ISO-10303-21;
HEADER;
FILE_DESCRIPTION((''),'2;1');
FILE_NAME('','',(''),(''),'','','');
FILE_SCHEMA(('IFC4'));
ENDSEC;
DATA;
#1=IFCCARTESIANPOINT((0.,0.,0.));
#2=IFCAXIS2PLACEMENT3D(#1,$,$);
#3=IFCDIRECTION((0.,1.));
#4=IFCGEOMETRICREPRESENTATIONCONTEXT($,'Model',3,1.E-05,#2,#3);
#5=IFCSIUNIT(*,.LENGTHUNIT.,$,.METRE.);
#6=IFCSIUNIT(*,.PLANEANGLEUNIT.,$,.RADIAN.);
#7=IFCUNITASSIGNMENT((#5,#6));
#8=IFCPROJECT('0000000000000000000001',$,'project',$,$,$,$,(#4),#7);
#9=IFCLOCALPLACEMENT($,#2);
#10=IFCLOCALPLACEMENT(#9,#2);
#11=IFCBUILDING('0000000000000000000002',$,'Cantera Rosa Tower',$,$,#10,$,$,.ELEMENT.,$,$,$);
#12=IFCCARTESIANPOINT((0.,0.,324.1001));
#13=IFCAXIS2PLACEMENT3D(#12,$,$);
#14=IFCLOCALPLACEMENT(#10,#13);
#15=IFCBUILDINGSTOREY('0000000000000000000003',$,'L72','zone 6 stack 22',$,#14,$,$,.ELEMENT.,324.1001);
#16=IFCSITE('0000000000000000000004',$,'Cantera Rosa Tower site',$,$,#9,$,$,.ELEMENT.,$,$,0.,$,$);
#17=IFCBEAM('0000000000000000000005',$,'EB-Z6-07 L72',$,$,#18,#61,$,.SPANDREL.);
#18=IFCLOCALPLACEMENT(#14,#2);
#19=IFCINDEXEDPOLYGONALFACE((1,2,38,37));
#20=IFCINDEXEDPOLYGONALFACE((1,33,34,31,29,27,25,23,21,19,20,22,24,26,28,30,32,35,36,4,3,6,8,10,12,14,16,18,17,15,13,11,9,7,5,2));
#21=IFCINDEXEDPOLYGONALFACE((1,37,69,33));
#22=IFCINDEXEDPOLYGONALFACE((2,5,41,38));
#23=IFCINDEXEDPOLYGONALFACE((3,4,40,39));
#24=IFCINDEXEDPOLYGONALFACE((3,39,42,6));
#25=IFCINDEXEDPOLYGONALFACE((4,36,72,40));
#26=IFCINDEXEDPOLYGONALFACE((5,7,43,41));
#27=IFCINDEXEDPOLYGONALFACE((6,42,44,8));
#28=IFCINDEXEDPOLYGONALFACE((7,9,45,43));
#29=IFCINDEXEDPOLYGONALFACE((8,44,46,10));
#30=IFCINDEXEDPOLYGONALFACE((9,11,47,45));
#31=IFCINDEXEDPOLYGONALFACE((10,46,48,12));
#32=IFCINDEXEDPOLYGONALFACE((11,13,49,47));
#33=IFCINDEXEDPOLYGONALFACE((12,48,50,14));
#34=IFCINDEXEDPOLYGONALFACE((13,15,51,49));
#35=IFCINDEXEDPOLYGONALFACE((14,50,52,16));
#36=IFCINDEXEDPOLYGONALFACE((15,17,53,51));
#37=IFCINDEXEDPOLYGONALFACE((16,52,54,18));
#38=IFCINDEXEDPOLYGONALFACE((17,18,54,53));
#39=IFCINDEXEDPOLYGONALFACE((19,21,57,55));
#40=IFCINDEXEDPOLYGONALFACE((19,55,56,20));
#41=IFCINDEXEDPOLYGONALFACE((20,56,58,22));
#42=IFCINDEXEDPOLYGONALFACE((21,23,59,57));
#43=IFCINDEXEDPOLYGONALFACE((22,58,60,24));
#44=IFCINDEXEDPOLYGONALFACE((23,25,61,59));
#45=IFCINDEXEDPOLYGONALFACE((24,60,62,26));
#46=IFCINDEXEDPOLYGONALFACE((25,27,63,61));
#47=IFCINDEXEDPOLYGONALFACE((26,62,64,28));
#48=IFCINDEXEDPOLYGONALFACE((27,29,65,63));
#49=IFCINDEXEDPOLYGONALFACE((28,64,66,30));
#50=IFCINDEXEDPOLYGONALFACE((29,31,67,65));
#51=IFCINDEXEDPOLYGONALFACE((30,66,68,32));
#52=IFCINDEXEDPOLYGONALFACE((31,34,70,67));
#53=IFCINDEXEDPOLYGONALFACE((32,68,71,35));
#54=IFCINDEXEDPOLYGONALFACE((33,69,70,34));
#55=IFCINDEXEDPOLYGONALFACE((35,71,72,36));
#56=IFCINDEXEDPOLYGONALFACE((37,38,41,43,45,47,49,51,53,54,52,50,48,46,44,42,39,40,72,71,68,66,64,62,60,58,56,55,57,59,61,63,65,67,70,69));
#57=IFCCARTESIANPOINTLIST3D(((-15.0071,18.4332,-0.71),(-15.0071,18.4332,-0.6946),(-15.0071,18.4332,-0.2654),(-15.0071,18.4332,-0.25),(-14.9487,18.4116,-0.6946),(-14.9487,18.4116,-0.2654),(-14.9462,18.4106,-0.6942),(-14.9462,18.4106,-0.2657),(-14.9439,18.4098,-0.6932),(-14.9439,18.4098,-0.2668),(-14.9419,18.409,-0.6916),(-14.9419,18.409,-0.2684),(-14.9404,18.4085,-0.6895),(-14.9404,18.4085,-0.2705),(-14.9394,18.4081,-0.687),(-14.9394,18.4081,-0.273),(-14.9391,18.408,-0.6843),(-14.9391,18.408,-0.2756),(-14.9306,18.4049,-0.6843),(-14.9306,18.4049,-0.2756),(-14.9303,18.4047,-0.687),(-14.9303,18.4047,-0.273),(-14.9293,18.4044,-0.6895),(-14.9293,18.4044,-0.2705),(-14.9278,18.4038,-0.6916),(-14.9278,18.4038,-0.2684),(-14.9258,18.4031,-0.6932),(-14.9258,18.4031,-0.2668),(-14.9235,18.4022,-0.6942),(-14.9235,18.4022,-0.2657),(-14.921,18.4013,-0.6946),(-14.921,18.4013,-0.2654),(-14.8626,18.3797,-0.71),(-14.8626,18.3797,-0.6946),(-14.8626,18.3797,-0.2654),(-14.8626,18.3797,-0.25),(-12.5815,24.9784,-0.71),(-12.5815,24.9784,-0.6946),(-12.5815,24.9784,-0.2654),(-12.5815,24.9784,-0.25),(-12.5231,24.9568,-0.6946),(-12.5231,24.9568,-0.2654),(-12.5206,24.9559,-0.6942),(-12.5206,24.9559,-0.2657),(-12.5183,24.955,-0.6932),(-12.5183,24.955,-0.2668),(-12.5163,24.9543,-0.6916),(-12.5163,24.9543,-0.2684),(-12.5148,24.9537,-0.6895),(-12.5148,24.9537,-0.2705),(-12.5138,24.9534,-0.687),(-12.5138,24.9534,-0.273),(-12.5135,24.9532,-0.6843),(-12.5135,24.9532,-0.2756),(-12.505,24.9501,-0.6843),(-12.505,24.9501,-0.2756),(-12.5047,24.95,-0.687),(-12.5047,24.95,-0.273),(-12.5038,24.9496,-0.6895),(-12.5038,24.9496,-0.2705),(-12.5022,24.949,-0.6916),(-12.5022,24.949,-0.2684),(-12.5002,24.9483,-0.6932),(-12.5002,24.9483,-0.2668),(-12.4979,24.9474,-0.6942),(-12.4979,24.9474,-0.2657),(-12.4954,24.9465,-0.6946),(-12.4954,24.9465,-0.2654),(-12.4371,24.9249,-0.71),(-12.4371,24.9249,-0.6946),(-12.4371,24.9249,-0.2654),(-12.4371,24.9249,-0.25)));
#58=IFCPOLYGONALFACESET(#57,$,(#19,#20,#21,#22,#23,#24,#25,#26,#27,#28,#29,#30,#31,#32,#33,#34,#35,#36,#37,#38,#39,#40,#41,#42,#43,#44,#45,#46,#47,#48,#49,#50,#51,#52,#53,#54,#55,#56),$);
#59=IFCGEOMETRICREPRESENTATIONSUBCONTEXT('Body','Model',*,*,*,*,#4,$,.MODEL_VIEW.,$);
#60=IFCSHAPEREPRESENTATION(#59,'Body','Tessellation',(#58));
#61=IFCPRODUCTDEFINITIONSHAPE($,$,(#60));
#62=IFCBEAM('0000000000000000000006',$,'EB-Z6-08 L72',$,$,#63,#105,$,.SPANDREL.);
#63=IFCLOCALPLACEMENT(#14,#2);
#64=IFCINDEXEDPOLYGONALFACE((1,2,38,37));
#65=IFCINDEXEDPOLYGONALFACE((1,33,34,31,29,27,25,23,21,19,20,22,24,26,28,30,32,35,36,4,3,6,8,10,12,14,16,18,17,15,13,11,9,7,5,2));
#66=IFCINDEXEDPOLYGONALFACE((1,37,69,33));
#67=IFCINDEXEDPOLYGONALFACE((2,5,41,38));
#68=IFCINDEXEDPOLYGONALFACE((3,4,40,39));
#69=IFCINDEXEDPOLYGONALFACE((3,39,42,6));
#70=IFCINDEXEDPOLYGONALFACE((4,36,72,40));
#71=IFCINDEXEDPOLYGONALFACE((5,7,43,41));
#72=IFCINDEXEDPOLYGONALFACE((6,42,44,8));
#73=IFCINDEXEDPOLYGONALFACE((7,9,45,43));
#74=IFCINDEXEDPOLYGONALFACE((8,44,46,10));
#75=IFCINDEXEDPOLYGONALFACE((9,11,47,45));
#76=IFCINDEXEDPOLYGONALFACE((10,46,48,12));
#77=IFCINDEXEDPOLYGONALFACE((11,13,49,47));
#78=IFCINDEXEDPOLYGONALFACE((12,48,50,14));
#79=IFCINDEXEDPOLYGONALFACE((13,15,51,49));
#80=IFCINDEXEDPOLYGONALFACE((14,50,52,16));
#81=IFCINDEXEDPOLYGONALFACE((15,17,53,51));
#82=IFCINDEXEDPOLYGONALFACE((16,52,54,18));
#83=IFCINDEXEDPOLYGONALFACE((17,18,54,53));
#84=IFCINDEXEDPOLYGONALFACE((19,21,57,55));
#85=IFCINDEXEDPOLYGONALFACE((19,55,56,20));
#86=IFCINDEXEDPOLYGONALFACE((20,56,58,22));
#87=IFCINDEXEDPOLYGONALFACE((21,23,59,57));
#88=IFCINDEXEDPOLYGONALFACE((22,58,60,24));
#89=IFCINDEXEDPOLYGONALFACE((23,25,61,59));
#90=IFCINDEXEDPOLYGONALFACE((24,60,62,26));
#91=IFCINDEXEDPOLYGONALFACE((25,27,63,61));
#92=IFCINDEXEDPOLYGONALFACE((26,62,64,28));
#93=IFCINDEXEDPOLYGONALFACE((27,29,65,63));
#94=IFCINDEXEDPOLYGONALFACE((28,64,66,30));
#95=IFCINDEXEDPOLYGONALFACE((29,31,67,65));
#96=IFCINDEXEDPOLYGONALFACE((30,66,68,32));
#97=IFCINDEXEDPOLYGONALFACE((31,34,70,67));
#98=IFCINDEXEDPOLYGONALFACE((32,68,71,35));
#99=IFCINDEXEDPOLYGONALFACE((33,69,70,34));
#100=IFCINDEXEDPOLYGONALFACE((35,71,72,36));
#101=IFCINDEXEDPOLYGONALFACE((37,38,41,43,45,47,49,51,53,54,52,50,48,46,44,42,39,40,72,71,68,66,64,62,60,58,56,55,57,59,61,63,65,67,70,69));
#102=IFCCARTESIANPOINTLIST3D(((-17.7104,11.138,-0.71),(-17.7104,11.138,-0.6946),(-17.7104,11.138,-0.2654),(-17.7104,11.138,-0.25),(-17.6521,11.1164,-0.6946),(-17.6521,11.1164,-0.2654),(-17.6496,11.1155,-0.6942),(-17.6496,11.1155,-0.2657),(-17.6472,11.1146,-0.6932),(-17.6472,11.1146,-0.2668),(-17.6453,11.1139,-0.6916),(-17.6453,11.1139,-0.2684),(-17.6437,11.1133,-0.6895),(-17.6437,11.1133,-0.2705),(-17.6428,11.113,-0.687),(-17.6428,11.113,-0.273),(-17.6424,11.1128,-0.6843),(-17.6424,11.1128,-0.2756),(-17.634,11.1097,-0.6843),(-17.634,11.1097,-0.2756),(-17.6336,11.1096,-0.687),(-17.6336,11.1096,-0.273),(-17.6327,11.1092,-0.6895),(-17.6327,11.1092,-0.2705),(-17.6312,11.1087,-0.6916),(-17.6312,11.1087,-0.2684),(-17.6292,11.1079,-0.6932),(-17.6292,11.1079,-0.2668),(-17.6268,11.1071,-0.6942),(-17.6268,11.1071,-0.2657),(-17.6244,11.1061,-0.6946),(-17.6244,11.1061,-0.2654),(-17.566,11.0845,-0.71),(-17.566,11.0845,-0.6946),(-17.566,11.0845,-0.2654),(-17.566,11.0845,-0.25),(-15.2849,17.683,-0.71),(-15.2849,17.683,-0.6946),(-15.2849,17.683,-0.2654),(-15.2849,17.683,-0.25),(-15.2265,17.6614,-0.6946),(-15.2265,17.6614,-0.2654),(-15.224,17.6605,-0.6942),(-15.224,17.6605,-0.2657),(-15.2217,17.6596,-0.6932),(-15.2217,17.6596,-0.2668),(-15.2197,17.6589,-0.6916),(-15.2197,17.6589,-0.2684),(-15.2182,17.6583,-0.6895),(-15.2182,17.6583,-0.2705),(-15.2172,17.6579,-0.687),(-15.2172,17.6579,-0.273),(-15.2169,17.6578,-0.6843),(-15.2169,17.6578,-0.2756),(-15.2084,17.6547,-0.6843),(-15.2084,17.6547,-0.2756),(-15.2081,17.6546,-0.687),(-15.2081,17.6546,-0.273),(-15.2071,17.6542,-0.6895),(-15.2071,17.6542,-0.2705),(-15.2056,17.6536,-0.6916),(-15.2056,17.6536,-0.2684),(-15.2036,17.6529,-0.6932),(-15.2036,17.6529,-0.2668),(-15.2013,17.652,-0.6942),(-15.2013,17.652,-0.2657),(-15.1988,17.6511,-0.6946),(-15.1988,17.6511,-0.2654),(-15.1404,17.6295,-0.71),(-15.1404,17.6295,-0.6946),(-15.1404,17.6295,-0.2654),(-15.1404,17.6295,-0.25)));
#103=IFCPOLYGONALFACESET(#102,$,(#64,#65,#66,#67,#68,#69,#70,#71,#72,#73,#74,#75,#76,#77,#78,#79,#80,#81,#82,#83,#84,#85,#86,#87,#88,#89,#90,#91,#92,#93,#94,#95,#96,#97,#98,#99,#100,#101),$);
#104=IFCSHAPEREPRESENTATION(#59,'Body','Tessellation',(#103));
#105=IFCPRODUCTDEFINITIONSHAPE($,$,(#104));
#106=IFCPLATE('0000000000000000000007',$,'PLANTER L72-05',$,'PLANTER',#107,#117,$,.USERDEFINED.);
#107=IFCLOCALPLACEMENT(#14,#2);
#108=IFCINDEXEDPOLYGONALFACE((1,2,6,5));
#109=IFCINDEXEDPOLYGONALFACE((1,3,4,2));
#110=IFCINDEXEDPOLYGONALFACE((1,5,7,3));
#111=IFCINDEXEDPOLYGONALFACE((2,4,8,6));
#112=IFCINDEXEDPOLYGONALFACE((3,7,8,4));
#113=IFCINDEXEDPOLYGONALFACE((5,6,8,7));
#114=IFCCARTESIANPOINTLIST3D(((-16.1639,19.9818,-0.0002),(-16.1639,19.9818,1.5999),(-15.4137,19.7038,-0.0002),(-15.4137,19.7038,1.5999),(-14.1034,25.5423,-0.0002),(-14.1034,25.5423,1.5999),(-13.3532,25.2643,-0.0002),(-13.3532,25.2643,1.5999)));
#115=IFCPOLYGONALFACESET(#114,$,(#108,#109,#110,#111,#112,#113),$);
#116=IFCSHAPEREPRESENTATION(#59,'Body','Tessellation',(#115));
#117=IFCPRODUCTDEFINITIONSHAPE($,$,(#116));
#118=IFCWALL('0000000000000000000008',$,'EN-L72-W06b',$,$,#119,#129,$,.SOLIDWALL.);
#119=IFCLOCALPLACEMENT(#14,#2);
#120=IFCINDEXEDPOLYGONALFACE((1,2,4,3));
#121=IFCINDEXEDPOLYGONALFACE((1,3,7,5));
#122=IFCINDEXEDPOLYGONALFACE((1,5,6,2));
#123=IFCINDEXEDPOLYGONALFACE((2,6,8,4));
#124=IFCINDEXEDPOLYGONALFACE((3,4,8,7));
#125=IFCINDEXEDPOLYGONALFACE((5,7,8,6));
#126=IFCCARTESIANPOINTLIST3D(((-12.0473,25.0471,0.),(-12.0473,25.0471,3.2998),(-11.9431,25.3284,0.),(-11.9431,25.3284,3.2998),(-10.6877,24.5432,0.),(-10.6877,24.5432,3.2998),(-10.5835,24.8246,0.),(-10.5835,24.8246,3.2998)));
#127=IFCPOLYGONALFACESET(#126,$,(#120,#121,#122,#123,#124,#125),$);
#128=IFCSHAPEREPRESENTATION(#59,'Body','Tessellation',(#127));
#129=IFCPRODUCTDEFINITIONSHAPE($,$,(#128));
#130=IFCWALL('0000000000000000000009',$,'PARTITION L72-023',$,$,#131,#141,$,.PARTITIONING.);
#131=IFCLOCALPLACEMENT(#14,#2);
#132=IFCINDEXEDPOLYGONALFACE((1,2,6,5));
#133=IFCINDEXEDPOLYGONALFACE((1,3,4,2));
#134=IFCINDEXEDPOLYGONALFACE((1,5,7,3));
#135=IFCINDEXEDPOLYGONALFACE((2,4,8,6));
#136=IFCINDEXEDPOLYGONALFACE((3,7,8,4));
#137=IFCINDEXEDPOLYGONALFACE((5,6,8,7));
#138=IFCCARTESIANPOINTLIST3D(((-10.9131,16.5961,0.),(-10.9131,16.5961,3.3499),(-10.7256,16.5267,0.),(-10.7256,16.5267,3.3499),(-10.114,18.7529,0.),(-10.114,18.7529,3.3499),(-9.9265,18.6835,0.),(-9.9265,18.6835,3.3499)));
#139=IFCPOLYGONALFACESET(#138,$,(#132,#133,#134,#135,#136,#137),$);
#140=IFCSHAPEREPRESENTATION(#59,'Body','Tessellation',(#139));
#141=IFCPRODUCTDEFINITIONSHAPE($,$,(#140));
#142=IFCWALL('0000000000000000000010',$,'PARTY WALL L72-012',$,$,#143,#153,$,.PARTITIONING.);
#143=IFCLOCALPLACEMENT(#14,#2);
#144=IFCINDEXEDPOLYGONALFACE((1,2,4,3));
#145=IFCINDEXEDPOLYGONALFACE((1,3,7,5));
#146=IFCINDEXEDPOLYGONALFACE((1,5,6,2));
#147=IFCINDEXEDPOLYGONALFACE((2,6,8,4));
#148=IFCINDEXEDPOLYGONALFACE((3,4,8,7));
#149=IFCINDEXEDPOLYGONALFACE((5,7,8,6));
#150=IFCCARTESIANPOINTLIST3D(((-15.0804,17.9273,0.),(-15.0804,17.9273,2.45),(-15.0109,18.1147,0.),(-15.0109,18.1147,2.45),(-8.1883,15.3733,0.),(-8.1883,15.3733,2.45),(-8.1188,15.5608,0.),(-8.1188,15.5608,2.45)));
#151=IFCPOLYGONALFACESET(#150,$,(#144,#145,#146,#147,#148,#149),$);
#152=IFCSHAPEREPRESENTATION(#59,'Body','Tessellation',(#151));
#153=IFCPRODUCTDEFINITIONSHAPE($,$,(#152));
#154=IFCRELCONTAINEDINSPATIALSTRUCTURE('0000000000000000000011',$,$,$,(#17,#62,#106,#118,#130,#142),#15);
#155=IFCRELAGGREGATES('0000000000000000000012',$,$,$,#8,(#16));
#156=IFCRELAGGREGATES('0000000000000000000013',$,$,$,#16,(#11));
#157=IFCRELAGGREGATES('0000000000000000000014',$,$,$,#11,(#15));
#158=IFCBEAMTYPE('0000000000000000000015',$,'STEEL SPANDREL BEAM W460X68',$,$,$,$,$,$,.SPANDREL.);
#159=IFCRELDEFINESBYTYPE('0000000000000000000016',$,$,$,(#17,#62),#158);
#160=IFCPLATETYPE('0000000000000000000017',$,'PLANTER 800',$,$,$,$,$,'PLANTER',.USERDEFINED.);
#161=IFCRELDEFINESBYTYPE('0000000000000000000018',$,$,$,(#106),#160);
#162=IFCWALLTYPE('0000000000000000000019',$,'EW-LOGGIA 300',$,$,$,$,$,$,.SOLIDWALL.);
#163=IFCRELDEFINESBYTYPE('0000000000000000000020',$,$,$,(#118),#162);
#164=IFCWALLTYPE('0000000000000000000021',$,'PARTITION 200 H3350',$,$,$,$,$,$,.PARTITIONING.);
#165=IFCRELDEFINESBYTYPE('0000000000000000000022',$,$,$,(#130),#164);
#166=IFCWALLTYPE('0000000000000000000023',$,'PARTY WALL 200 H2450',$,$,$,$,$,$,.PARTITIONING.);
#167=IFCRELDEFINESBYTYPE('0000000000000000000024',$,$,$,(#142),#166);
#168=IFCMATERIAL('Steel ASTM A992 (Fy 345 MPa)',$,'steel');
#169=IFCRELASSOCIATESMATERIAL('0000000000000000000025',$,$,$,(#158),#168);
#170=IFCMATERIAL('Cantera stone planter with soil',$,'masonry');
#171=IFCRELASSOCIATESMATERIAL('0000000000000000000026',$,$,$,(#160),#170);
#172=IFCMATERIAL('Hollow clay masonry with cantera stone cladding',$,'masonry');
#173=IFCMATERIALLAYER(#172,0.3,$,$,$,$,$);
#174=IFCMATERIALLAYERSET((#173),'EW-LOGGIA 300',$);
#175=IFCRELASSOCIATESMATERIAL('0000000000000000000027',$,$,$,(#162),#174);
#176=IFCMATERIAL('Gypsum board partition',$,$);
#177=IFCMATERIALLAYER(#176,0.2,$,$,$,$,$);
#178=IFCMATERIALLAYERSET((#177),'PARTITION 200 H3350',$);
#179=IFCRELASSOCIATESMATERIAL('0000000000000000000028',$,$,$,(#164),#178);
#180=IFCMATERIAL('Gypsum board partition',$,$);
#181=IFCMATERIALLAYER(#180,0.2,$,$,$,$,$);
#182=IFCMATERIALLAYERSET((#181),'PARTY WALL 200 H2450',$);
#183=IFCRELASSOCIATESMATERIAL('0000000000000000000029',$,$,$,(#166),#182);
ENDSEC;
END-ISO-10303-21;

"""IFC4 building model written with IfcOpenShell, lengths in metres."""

from ifc_helpers import new_model, si_unit, direction, frame, frame_2d, origin, origin_2d, place, context, subcontext, project, spatial, rectangle, i_section, extrude, material, layer, layer_set, material_profile, profile_set, type_object, element, save


model = new_model("IFC4")

# Units and contexts
model_context = context("Model", 3, precision=1e-05, world=origin(), true_north=direction((0.0, 1.0)))
body_context = subcontext(model_context, "Body", "Model", "MODEL_VIEW")
ifc_project = project(units=[si_unit("LENGTHUNIT", "METRE"), si_unit("PLANEANGLEUNIT", "RADIAN")], contexts=[model_context])

# Site, building, storey
site_placement = place(None, origin())
site = spatial("IfcSite", under=ifc_project, at=site_placement, Name="Cantera Rosa Tower site", CompositionType="ELEMENT", RefElevation=0.0)
building_placement = place(site_placement, origin())
building = spatial("IfcBuilding", under=site, at=building_placement, Name="Cantera Rosa Tower", CompositionType="ELEMENT")
storey_placement = place(building_placement, frame((0.0, 0.0, 324.1001)))
storey = spatial("IfcBuildingStorey", under=building, at=storey_placement, Name="L72", Description="zone 6 stack 22", CompositionType="ELEMENT", Elevation=324.1001)

# Beams
ifc_material_1 = material(Name="Steel ASTM A992 (Fy 345 MPa)", Category="steel")
ifc_material_profile_1 = material_profile(ifc_material_1, i_section(OverallWidth=0.1541, OverallDepth=0.46, WebThickness=0.009, FlangeThickness=0.0154, FilletRadius=0.0103, at=origin_2d()), Name="W460X68")
ifc_profile_set_1 = profile_set([ifc_material_profile_1], Name="Steel ASTM A992 (Fy 345 MPa)")
beam_type_1 = type_object("IfcBeamType", Name="STEEL SPANDREL BEAM W460X68", PredefinedType="SPANDREL", material=ifc_profile_set_1)
beam_1_placement = place(storey_placement, frame((-12.5093, 24.9517, -0.48), z_axis=(-0.347491, -0.937683, 0.0), x_axis=(0.937683, -0.347491, 0.0)))
element("IfcBeam", 1, at=beam_1_placement, inside=storey, type_object=beam_type_1, Name="EB-Z6-07 L72", PredefinedType="SPANDREL", context=body_context, shape_type="SweptSolid", body=[
    extrude(i_section(OverallWidth=0.1541, OverallDepth=0.46, WebThickness=0.009, FlangeThickness=0.0154, FilletRadius=0.0103, at=origin_2d()), origin(), (0.0, 0.0, 1.0), 6.9802),
])
beam_2_placement = place(storey_placement, frame((-15.2126, 17.6562, -0.48), z_axis=(-0.347502, -0.937679, 0.0), x_axis=(0.937679, -0.347502, 0.0)))
element("IfcBeam", 2, at=beam_2_placement, inside=storey, type_object=beam_type_1, Name="EB-Z6-08 L72", PredefinedType="SPANDREL", context=body_context, shape_type="SweptSolid", body=[
    extrude(i_section(OverallWidth=0.1541, OverallDepth=0.46, WebThickness=0.009, FlangeThickness=0.0154, FilletRadius=0.0103, at=origin_2d()), origin(), (0.0, 0.0, 1.0), 6.98),
])

# Plate
ifc_material_2 = material(Name="Cantera stone planter with soil", Category="masonry")
plate_type = type_object("IfcPlateType", Name="PLANTER 800", ElementType="PLANTER", PredefinedType="USERDEFINED", material=ifc_material_2)
plate_placement = place(storey_placement, frame((-14.7585, 22.623, -0.0002), z_axis=(0.0, 0.0, 1.0), x_axis=(-0.347481, -0.937687, 0.0)))
element("IfcPlate", 3, at=plate_placement, inside=storey, type_object=plate_type, Name="PLANTER L72-05", ObjectType="PLANTER", PredefinedType="USERDEFINED", context=body_context, shape_type="SweptSolid", body=[
    extrude(rectangle(XDim=5.9299, YDim=0.8, at=origin_2d()), origin(), (0.0, 0.0, 1.0), 1.6001),
])

# Wall
ifc_material_3 = material(Name="Hollow clay masonry with cantera stone cladding", Category="masonry")
ifc_layer_1 = layer(ifc_material_3, 0.3)
ifc_layer_set_1 = layer_set([ifc_layer_1], Name="EW-LOGGIA 300")
wall_type_1 = type_object("IfcWallType", Name="EW-LOGGIA 300", PredefinedType="SOLIDWALL", material=ifc_layer_set_1)
wall_1_placement = place(storey_placement, frame((-10.6355, 24.6838, 0.0), z_axis=(0.0, 0.0, 1.0), x_axis=(-0.937672, 0.347523, 0.0)))
element("IfcWall", 4, at=wall_1_placement, inside=storey, type_object=wall_type_1, Name="EN-L72-W06b", PredefinedType="SOLIDWALL", context=body_context, shape_type="SweptSolid", body=[
    extrude(rectangle(XDim=1.45, YDim=0.3, at=frame_2d((0.7251, 0.0))), origin(), (0.0, 0.0, 1.0), 3.2998),
])

# Walls
ifc_material_4 = material(Name="Gypsum board partition")
ifc_layer_2 = layer(ifc_material_4, 0.2)
ifc_layer_set_2 = layer_set([ifc_layer_2], Name="PARTITION 200 H3350")
wall_type_2 = type_object("IfcWallType", Name="PARTITION 200 H3350", PredefinedType="PARTITIONING", material=ifc_layer_set_2)
wall_2_placement = place(storey_placement, frame((-10.8193, 16.5615, 0.0), z_axis=(0.0, 0.0, 1.0), x_axis=(0.347422, 0.937709, 0.0)))
element("IfcWall", 5, at=wall_2_placement, inside=storey, type_object=wall_type_2, Name="PARTITION L72-023", PredefinedType="PARTITIONING", context=body_context, shape_type="SweptSolid", body=[
    extrude(rectangle(XDim=2.3, YDim=0.2, at=frame_2d((1.1499, 0.0))), origin(), (0.0, 0.0, 1.0), 3.3499),
])
ifc_material_5 = material(Name="Gypsum board partition")
ifc_layer_3 = layer(ifc_material_5, 0.2)
ifc_layer_set_3 = layer_set([ifc_layer_3], Name="PARTY WALL 200 H2450")
wall_type_3 = type_object("IfcWallType", Name="PARTY WALL 200 H2450", PredefinedType="PARTITIONING", material=ifc_layer_set_3)
wall_3_placement = place(storey_placement, frame((-15.0457, 18.021, 0.0), z_axis=(0.0, 0.0, 1.0), x_axis=(0.93769, -0.347473, 0.0)))
element("IfcWall", 6, at=wall_3_placement, inside=storey, type_object=wall_type_3, Name="PARTY WALL L72-012", PredefinedType="PARTITIONING", context=body_context, shape_type="SweptSolid", body=[
    extrude(rectangle(XDim=7.3501, YDim=0.2, at=frame_2d((3.675, 0.0))), origin(), (0.0, 0.0, 1.0), 2.45),
])

save(model, "model.ifc")
